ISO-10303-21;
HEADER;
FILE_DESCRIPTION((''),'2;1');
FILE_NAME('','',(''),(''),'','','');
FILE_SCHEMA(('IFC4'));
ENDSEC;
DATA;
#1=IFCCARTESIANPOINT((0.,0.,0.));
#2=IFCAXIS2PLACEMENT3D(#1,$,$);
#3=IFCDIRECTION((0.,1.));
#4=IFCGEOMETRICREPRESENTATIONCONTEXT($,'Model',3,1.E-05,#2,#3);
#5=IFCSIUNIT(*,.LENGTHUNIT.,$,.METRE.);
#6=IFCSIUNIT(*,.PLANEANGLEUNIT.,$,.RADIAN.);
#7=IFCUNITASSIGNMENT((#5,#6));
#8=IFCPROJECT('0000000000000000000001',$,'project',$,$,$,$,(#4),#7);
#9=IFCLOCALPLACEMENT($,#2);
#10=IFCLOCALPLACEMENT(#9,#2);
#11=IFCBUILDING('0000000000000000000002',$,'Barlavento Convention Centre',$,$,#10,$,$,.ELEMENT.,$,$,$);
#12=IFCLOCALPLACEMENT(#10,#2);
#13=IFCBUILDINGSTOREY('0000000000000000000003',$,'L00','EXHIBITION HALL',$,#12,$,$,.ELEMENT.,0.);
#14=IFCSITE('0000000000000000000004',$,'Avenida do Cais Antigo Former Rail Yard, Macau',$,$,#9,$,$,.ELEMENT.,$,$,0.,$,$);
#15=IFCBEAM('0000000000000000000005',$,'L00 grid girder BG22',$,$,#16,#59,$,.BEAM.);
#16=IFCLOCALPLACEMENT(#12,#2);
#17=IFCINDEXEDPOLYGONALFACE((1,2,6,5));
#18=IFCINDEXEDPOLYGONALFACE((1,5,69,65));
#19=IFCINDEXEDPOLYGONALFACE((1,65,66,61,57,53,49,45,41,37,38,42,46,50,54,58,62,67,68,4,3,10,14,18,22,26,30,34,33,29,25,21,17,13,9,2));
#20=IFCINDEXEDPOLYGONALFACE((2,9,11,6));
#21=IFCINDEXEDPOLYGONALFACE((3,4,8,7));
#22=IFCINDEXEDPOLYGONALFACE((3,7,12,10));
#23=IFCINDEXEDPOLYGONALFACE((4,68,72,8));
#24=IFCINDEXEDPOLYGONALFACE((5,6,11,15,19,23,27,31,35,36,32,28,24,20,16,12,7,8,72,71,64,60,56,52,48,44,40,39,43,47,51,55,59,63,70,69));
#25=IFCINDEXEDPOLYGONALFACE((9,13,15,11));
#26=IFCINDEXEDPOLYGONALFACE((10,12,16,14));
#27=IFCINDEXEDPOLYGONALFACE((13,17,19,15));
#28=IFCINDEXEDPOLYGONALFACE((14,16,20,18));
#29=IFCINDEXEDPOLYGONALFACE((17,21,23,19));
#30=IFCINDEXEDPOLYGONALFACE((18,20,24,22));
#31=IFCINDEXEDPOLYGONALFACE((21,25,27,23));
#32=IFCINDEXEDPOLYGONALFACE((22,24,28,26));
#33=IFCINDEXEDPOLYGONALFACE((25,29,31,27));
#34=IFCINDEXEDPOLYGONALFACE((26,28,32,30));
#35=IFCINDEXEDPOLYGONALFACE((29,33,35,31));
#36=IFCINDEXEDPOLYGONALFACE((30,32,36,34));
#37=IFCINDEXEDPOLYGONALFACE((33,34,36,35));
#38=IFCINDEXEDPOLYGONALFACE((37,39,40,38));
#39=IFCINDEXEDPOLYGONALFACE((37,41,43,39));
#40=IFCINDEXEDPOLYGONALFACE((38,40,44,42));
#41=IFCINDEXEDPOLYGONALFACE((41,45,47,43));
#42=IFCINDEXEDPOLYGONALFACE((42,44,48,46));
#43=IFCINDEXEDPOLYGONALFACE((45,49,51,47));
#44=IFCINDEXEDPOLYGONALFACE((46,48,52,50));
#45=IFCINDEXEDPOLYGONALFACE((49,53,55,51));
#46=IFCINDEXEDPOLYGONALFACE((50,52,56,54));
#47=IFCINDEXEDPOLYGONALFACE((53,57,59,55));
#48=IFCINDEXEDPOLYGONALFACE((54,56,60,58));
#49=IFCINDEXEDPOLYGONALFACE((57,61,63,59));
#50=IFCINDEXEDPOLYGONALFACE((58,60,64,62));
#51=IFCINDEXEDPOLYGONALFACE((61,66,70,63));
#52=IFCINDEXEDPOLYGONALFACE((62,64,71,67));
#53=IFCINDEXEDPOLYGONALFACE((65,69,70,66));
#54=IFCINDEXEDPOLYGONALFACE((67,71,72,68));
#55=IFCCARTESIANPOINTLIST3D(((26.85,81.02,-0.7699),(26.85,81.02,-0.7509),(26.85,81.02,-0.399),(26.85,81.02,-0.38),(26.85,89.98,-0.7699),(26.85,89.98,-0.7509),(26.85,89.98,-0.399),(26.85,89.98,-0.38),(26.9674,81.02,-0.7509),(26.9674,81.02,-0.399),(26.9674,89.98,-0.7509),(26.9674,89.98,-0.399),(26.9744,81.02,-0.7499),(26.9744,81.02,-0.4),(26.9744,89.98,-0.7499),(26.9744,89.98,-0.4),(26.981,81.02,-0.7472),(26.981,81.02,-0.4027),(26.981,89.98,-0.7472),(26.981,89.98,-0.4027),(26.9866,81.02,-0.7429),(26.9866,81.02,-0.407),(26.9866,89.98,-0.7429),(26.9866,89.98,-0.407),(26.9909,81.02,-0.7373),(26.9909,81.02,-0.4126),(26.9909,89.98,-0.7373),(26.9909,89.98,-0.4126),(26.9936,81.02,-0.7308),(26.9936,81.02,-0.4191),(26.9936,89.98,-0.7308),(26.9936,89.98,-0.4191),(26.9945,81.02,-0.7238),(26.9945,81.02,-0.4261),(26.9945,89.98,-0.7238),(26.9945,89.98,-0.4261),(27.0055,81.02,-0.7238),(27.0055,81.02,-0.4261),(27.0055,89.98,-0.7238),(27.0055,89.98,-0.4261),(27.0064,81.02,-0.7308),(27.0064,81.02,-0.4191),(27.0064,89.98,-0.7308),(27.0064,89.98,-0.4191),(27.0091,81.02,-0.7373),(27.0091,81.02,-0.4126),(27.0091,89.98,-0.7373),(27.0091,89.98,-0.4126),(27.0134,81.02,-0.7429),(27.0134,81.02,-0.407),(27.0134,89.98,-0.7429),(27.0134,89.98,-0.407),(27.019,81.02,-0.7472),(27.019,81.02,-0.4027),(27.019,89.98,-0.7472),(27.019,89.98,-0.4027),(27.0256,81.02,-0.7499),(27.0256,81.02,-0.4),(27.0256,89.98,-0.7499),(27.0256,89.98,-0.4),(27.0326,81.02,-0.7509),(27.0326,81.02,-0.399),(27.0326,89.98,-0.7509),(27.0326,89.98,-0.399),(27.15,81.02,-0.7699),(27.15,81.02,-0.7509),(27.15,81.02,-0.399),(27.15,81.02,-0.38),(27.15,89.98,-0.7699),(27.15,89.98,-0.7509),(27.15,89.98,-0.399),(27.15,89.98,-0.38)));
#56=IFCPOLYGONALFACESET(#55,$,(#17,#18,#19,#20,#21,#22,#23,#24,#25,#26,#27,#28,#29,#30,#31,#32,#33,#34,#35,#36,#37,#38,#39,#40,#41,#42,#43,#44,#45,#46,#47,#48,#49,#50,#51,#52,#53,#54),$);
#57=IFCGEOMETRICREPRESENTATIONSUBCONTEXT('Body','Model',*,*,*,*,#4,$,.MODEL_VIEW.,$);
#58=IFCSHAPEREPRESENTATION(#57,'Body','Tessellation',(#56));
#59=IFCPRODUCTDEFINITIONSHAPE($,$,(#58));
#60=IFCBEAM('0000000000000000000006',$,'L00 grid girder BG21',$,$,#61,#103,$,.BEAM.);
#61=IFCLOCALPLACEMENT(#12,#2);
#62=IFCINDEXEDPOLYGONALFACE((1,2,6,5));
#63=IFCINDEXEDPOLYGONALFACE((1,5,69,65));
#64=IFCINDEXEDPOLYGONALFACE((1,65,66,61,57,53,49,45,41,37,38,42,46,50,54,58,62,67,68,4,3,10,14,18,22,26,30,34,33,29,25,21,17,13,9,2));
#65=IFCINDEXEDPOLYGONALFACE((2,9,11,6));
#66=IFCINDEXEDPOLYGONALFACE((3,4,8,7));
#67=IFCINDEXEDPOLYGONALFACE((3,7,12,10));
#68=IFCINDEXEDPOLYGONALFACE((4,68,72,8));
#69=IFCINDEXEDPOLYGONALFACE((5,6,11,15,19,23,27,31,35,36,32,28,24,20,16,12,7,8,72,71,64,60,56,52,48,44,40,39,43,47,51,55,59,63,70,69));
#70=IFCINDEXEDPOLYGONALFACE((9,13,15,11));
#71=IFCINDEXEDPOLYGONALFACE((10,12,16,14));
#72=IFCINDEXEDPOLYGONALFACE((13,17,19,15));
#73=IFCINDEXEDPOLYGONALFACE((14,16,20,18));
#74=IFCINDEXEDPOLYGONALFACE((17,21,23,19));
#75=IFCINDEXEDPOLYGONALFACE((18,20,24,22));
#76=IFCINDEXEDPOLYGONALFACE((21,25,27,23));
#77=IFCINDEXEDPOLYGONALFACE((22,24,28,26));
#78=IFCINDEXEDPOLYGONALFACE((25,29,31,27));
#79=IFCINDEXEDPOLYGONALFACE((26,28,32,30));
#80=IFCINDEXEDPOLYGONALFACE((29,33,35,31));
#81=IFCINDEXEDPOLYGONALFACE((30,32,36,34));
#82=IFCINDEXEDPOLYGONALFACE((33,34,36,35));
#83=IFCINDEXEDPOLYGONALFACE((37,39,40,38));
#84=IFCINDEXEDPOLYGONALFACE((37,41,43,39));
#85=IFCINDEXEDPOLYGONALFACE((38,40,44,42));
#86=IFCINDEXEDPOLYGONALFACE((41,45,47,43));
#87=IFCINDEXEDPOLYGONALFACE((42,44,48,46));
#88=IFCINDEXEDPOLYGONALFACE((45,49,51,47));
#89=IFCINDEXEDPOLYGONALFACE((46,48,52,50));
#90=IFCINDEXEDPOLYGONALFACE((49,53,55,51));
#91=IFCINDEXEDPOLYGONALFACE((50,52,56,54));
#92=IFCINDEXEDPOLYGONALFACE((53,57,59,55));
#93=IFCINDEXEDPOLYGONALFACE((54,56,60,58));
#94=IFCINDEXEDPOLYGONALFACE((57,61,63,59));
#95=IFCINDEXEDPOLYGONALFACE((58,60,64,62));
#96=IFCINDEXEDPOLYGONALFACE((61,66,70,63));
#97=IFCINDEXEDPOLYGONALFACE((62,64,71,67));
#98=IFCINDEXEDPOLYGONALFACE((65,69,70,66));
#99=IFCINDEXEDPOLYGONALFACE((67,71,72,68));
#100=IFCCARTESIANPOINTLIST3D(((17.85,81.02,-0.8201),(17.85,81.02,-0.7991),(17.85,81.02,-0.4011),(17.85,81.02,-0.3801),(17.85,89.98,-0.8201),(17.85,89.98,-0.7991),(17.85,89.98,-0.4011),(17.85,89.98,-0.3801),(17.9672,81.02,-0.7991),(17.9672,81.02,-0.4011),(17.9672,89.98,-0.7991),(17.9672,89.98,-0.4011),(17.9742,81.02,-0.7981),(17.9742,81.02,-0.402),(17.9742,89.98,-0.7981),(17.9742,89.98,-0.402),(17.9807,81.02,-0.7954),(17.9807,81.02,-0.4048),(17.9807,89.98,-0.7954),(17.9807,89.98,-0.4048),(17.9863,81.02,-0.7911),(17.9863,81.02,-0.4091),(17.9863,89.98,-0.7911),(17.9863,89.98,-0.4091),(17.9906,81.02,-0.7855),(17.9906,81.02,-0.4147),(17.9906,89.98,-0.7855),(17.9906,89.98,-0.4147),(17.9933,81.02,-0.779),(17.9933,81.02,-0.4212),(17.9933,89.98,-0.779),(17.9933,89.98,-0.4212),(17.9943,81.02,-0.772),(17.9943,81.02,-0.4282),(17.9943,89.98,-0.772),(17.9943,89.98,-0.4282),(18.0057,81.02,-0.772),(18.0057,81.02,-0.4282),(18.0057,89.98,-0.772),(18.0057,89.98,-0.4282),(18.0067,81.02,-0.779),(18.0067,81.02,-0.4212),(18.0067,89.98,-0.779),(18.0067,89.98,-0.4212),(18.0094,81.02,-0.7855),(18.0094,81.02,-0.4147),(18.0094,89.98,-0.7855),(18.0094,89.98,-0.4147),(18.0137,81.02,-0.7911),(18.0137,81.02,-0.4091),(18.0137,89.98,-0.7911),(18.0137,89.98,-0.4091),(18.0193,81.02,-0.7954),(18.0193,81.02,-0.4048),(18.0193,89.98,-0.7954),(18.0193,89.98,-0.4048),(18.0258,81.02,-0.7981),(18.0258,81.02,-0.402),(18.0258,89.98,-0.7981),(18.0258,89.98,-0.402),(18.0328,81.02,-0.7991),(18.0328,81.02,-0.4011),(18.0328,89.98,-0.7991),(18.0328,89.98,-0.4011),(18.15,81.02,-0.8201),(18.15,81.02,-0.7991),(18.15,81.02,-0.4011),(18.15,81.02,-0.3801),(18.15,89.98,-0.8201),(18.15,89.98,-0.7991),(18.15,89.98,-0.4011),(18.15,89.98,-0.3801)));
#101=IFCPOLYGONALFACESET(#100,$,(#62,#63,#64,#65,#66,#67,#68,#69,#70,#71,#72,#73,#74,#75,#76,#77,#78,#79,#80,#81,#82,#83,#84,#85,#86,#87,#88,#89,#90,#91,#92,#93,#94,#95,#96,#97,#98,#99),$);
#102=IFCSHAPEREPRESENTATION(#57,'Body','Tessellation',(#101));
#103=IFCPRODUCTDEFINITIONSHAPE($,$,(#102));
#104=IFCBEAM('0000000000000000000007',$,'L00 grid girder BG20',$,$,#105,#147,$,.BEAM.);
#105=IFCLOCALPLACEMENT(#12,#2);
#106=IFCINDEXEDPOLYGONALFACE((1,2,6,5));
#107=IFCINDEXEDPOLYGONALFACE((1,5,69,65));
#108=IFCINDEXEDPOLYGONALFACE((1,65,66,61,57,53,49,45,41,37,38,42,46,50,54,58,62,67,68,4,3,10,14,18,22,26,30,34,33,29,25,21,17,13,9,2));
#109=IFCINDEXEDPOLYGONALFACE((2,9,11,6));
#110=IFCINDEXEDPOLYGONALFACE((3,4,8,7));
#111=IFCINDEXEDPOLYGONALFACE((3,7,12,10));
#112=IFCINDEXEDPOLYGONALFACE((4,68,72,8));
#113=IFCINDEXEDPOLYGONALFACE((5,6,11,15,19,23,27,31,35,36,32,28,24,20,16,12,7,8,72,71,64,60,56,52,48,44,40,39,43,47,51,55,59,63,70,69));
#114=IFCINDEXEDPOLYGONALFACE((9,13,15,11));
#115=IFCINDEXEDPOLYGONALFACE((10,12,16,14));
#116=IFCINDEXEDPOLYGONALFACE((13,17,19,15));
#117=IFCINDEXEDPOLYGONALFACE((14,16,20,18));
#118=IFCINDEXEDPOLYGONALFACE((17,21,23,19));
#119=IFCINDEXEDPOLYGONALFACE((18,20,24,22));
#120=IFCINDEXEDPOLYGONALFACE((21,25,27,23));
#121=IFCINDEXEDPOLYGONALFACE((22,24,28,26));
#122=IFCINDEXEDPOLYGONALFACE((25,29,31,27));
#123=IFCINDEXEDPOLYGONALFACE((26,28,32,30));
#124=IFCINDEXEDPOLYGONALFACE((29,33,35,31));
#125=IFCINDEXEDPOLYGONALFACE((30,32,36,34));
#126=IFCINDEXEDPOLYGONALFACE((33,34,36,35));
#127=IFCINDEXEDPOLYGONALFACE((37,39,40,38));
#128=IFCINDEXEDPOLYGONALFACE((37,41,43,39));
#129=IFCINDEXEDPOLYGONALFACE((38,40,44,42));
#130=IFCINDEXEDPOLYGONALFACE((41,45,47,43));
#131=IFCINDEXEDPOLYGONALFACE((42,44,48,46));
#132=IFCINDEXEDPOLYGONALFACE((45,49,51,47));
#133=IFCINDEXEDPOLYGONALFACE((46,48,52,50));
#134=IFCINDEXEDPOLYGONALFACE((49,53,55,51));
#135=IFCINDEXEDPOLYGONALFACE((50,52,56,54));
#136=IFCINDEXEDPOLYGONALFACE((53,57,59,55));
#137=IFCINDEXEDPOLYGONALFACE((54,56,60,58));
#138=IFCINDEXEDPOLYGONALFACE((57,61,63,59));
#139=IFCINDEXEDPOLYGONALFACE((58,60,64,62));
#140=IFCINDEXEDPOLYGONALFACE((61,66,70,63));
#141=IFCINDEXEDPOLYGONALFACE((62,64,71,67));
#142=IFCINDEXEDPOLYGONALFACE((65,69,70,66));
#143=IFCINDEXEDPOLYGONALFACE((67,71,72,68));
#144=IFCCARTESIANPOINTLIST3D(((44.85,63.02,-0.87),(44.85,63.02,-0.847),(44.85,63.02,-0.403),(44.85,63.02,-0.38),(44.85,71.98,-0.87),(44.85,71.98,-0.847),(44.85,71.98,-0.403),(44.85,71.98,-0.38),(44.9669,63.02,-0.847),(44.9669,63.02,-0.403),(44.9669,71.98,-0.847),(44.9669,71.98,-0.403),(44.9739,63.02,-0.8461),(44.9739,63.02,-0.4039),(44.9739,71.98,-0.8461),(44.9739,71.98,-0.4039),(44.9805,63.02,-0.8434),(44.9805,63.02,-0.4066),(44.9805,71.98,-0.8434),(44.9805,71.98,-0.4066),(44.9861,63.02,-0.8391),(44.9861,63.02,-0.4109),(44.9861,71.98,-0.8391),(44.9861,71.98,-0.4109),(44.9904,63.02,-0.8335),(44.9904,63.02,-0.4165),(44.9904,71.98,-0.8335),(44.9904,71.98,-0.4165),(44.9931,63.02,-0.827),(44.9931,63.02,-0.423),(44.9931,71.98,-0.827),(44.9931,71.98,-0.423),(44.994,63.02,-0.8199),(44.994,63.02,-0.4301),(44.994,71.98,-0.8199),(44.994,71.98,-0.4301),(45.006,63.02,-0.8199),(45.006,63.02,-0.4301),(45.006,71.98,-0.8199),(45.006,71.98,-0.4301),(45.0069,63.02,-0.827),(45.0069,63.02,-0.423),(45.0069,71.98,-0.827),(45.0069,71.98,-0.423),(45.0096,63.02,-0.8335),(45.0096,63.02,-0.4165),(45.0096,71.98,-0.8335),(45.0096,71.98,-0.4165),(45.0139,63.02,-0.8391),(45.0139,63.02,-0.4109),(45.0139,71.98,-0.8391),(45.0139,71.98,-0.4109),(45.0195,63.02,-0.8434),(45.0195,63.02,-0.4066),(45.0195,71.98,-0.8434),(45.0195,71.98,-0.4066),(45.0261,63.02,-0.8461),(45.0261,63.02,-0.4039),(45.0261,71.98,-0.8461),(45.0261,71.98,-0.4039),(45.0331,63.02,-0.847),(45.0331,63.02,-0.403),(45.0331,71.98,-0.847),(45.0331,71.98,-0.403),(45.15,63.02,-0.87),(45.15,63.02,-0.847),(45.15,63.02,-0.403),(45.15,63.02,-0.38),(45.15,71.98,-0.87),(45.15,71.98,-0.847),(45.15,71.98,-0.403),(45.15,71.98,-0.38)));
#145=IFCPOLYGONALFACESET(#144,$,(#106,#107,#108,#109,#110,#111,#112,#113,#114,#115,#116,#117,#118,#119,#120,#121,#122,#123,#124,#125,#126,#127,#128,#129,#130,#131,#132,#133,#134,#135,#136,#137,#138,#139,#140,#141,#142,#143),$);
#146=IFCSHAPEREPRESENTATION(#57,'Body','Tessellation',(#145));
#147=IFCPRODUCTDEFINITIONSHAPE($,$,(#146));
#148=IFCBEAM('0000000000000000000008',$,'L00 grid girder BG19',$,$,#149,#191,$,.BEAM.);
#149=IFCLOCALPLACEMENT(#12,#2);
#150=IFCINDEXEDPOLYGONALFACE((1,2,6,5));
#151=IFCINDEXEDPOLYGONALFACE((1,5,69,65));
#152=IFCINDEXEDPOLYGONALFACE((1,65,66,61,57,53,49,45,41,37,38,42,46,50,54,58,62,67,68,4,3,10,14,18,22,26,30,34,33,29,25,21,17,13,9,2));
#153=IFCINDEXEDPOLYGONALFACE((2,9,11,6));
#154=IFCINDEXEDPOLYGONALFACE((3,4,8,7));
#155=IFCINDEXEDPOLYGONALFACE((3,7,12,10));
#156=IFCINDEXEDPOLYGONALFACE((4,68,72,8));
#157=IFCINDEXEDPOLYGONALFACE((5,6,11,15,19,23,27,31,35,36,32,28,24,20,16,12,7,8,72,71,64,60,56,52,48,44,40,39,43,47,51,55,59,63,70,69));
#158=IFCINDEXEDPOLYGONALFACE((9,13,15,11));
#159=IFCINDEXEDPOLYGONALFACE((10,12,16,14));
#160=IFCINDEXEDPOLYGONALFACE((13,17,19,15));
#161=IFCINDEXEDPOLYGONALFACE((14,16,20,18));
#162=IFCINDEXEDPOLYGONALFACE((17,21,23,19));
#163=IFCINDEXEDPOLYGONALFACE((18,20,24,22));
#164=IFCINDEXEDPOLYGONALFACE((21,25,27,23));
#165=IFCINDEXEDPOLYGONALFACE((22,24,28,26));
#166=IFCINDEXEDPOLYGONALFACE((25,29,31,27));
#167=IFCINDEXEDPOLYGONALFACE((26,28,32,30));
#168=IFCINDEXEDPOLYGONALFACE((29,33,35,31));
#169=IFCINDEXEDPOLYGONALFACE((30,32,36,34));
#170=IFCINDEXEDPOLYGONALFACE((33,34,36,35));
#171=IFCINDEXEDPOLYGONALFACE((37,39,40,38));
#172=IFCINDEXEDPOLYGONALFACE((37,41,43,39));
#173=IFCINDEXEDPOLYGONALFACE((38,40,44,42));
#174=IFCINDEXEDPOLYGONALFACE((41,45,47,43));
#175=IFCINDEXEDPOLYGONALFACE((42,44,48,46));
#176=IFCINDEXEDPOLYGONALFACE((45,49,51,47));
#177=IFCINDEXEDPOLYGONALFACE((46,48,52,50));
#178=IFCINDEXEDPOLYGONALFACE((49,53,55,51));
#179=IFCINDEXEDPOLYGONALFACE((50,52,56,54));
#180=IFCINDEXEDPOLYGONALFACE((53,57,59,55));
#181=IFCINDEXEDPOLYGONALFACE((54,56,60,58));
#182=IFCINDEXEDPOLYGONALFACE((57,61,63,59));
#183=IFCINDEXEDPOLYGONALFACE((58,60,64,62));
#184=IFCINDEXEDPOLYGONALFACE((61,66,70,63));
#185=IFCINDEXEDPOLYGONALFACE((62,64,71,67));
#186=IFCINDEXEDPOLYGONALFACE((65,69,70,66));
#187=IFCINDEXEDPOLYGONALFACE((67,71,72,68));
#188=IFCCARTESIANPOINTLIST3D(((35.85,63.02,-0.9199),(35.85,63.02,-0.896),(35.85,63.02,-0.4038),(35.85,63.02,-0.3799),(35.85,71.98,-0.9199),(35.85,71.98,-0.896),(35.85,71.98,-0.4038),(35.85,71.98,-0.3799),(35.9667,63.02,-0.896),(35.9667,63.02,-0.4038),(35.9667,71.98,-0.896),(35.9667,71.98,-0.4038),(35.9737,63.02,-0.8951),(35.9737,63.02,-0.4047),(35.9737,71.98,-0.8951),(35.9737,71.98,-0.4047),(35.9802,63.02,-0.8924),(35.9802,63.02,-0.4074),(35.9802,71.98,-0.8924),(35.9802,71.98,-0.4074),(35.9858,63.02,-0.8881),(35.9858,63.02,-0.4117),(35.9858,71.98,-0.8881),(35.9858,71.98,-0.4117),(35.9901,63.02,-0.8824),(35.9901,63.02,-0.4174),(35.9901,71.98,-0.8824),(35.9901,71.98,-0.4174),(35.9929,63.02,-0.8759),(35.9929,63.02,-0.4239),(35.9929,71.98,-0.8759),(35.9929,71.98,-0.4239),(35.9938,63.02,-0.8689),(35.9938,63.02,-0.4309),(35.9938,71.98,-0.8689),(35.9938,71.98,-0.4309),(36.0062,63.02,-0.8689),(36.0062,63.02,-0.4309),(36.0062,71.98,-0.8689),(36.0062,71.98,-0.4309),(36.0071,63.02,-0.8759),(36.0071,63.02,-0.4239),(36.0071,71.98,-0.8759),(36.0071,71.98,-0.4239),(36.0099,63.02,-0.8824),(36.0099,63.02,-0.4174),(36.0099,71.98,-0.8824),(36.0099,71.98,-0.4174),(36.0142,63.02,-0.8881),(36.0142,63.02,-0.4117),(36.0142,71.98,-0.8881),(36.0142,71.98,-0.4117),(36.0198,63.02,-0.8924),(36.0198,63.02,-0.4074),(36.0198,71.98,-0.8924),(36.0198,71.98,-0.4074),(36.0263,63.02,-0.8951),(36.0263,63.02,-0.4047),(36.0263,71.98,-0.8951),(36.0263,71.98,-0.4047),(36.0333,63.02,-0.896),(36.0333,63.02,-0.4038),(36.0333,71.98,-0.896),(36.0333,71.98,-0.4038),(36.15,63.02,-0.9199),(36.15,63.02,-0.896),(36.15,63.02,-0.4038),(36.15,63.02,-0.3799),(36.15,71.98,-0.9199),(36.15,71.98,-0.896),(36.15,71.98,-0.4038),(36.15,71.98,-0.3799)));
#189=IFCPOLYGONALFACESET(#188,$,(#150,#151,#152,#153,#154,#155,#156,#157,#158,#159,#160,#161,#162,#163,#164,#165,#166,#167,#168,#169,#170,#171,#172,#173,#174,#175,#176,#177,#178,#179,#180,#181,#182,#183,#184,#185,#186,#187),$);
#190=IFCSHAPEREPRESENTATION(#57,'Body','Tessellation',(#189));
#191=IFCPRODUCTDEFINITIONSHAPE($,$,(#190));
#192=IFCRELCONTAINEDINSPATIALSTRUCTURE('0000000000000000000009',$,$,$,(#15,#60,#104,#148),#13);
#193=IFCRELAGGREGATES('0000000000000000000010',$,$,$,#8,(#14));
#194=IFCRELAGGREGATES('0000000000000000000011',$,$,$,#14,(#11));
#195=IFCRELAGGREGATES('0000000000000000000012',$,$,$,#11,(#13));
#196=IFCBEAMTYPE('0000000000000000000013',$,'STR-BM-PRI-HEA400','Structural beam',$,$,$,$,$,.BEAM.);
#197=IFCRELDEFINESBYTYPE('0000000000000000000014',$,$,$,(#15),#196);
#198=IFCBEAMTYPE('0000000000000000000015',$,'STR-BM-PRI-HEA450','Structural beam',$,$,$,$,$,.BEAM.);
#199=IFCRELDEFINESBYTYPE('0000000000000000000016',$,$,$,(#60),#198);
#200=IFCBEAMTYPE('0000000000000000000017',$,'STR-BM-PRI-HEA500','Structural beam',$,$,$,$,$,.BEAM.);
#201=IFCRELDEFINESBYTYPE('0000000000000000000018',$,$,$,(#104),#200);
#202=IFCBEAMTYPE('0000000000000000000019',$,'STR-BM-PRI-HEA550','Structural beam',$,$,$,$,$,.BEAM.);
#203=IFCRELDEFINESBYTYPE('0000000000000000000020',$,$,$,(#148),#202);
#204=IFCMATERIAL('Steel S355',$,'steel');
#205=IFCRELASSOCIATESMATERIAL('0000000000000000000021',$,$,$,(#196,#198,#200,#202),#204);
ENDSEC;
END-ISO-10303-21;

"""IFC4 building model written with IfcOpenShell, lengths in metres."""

from ifc_helpers import new_model, si_unit, direction, frame, origin, origin_2d, place, context, subcontext, project, spatial, i_section, extrude, material, material_profile, profile_set, type_object, element, save


model = new_model("IFC4")

# Units and contexts
model_context = context("Model", 3, precision=1e-05, world=origin(), true_north=direction((0.0, 1.0)))
body_context = subcontext(model_context, "Body", "Model", "MODEL_VIEW")
ifc_project = project(units=[si_unit("LENGTHUNIT", "METRE"), si_unit("PLANEANGLEUNIT", "RADIAN")], contexts=[model_context])

# Site, building, storey
site_placement = place(None, origin())
site = spatial("IfcSite", under=ifc_project, at=site_placement, Name="Avenida do Cais Antigo Former Rail Yard, Macau", CompositionType="ELEMENT", RefElevation=0.0)
building_placement = place(site_placement, origin())
building = spatial("IfcBuilding", under=site, at=building_placement, Name="Barlavento Convention Centre", CompositionType="ELEMENT")
storey_placement = place(building_placement, origin())
storey = spatial("IfcBuildingStorey", under=building, at=storey_placement, Name="L00", Description="EXHIBITION HALL", CompositionType="ELEMENT", Elevation=0.0)

# Beams
ifc_material = material(Name="Steel S355", Category="steel")
ifc_material_profile_1 = material_profile(ifc_material, i_section(OverallWidth=0.3, OverallDepth=0.3899, WebThickness=0.011, FlangeThickness=0.019, FilletRadius=0.0271, at=origin_2d()), Name="HEA 400")
ifc_profile_set_1 = profile_set([ifc_material_profile_1], Name="Steel S355")
beam_type_1 = type_object("IfcBeamType", Name="STR-BM-PRI-HEA400", Description="Structural beam", PredefinedType="BEAM", material=ifc_profile_set_1)
beam_1_placement = place(storey_placement, frame((27.0, 81.02, -0.575), z_axis=(0.0, 1.0, 0.0), x_axis=(-1.0, 0.0, 0.0)))
element("IfcBeam", 1, at=beam_1_placement, inside=storey, type_object=beam_type_1, Name="L00 grid girder BG22", PredefinedType="BEAM", context=body_context, shape_type="SweptSolid", body=[
    extrude(i_section(OverallWidth=0.3, OverallDepth=0.3899, WebThickness=0.011, FlangeThickness=0.019, FilletRadius=0.0271, at=origin_2d()), origin(), (0.0, 0.0, 1.0), 8.96),
])
ifc_material_profile_2 = material_profile(ifc_material, i_section(OverallWidth=0.3, OverallDepth=0.4399, WebThickness=0.0115, FlangeThickness=0.021, FilletRadius=0.0271, at=origin_2d()), Name="HEA 450")
ifc_profile_set_2 = profile_set([ifc_material_profile_2], Name="Steel S355")
beam_type_2 = type_object("IfcBeamType", Name="STR-BM-PRI-HEA450", Description="Structural beam", PredefinedType="BEAM", material=ifc_profile_set_2)
beam_2_placement = place(storey_placement, frame((18.0, 81.02, -0.6001), z_axis=(0.0, 1.0, 0.0), x_axis=(-1.0, 0.0, 0.0)))
element("IfcBeam", 2, at=beam_2_placement, inside=storey, type_object=beam_type_2, Name="L00 grid girder BG21", PredefinedType="BEAM", context=body_context, shape_type="SweptSolid", body=[
    extrude(i_section(OverallWidth=0.3, OverallDepth=0.4399, WebThickness=0.0115, FlangeThickness=0.021, FilletRadius=0.0271, at=origin_2d()), origin(), (0.0, 0.0, 1.0), 8.96),
])
ifc_material_profile_3 = material_profile(ifc_material, i_section(OverallWidth=0.3, OverallDepth=0.49, WebThickness=0.012, FlangeThickness=0.0229, FilletRadius=0.0271, at=origin_2d()), Name="HEA 500")
ifc_profile_set_3 = profile_set([ifc_material_profile_3], Name="Steel S355")
beam_type_3 = type_object("IfcBeamType", Name="STR-BM-PRI-HEA500", Description="Structural beam", PredefinedType="BEAM", material=ifc_profile_set_3)
beam_3_placement = place(storey_placement, frame((45.0, 63.02, -0.625), z_axis=(0.0, 1.0, 0.0), x_axis=(-1.0, 0.0, 0.0)))
element("IfcBeam", 3, at=beam_3_placement, inside=storey, type_object=beam_type_3, Name="L00 grid girder BG20", PredefinedType="BEAM", context=body_context, shape_type="SweptSolid", body=[
    extrude(i_section(OverallWidth=0.3, OverallDepth=0.49, WebThickness=0.012, FlangeThickness=0.0229, FilletRadius=0.0271, at=origin_2d()), origin(), (0.0, 0.0, 1.0), 8.96),
])
ifc_material_profile_4 = material_profile(ifc_material, i_section(OverallWidth=0.3, OverallDepth=0.54, WebThickness=0.0125, FlangeThickness=0.0239, FilletRadius=0.0271, at=origin_2d()), Name="HEA 550")
ifc_profile_set_4 = profile_set([ifc_material_profile_4], Name="Steel S355")
beam_type_4 = type_object("IfcBeamType", Name="STR-BM-PRI-HEA550", Description="Structural beam", PredefinedType="BEAM", material=ifc_profile_set_4)
beam_4_placement = place(storey_placement, frame((36.0, 63.02, -0.6499), z_axis=(0.0, 1.0, 0.0), x_axis=(-1.0, 0.0, 0.0)))
element("IfcBeam", 4, at=beam_4_placement, inside=storey, type_object=beam_type_4, Name="L00 grid girder BG19", PredefinedType="BEAM", context=body_context, shape_type="SweptSolid", body=[
    extrude(i_section(OverallWidth=0.3, OverallDepth=0.54, WebThickness=0.0125, FlangeThickness=0.0239, FilletRadius=0.0271, at=origin_2d()), origin(), (0.0, 0.0, 1.0), 8.96),
])

save(model, "model.ifc")
